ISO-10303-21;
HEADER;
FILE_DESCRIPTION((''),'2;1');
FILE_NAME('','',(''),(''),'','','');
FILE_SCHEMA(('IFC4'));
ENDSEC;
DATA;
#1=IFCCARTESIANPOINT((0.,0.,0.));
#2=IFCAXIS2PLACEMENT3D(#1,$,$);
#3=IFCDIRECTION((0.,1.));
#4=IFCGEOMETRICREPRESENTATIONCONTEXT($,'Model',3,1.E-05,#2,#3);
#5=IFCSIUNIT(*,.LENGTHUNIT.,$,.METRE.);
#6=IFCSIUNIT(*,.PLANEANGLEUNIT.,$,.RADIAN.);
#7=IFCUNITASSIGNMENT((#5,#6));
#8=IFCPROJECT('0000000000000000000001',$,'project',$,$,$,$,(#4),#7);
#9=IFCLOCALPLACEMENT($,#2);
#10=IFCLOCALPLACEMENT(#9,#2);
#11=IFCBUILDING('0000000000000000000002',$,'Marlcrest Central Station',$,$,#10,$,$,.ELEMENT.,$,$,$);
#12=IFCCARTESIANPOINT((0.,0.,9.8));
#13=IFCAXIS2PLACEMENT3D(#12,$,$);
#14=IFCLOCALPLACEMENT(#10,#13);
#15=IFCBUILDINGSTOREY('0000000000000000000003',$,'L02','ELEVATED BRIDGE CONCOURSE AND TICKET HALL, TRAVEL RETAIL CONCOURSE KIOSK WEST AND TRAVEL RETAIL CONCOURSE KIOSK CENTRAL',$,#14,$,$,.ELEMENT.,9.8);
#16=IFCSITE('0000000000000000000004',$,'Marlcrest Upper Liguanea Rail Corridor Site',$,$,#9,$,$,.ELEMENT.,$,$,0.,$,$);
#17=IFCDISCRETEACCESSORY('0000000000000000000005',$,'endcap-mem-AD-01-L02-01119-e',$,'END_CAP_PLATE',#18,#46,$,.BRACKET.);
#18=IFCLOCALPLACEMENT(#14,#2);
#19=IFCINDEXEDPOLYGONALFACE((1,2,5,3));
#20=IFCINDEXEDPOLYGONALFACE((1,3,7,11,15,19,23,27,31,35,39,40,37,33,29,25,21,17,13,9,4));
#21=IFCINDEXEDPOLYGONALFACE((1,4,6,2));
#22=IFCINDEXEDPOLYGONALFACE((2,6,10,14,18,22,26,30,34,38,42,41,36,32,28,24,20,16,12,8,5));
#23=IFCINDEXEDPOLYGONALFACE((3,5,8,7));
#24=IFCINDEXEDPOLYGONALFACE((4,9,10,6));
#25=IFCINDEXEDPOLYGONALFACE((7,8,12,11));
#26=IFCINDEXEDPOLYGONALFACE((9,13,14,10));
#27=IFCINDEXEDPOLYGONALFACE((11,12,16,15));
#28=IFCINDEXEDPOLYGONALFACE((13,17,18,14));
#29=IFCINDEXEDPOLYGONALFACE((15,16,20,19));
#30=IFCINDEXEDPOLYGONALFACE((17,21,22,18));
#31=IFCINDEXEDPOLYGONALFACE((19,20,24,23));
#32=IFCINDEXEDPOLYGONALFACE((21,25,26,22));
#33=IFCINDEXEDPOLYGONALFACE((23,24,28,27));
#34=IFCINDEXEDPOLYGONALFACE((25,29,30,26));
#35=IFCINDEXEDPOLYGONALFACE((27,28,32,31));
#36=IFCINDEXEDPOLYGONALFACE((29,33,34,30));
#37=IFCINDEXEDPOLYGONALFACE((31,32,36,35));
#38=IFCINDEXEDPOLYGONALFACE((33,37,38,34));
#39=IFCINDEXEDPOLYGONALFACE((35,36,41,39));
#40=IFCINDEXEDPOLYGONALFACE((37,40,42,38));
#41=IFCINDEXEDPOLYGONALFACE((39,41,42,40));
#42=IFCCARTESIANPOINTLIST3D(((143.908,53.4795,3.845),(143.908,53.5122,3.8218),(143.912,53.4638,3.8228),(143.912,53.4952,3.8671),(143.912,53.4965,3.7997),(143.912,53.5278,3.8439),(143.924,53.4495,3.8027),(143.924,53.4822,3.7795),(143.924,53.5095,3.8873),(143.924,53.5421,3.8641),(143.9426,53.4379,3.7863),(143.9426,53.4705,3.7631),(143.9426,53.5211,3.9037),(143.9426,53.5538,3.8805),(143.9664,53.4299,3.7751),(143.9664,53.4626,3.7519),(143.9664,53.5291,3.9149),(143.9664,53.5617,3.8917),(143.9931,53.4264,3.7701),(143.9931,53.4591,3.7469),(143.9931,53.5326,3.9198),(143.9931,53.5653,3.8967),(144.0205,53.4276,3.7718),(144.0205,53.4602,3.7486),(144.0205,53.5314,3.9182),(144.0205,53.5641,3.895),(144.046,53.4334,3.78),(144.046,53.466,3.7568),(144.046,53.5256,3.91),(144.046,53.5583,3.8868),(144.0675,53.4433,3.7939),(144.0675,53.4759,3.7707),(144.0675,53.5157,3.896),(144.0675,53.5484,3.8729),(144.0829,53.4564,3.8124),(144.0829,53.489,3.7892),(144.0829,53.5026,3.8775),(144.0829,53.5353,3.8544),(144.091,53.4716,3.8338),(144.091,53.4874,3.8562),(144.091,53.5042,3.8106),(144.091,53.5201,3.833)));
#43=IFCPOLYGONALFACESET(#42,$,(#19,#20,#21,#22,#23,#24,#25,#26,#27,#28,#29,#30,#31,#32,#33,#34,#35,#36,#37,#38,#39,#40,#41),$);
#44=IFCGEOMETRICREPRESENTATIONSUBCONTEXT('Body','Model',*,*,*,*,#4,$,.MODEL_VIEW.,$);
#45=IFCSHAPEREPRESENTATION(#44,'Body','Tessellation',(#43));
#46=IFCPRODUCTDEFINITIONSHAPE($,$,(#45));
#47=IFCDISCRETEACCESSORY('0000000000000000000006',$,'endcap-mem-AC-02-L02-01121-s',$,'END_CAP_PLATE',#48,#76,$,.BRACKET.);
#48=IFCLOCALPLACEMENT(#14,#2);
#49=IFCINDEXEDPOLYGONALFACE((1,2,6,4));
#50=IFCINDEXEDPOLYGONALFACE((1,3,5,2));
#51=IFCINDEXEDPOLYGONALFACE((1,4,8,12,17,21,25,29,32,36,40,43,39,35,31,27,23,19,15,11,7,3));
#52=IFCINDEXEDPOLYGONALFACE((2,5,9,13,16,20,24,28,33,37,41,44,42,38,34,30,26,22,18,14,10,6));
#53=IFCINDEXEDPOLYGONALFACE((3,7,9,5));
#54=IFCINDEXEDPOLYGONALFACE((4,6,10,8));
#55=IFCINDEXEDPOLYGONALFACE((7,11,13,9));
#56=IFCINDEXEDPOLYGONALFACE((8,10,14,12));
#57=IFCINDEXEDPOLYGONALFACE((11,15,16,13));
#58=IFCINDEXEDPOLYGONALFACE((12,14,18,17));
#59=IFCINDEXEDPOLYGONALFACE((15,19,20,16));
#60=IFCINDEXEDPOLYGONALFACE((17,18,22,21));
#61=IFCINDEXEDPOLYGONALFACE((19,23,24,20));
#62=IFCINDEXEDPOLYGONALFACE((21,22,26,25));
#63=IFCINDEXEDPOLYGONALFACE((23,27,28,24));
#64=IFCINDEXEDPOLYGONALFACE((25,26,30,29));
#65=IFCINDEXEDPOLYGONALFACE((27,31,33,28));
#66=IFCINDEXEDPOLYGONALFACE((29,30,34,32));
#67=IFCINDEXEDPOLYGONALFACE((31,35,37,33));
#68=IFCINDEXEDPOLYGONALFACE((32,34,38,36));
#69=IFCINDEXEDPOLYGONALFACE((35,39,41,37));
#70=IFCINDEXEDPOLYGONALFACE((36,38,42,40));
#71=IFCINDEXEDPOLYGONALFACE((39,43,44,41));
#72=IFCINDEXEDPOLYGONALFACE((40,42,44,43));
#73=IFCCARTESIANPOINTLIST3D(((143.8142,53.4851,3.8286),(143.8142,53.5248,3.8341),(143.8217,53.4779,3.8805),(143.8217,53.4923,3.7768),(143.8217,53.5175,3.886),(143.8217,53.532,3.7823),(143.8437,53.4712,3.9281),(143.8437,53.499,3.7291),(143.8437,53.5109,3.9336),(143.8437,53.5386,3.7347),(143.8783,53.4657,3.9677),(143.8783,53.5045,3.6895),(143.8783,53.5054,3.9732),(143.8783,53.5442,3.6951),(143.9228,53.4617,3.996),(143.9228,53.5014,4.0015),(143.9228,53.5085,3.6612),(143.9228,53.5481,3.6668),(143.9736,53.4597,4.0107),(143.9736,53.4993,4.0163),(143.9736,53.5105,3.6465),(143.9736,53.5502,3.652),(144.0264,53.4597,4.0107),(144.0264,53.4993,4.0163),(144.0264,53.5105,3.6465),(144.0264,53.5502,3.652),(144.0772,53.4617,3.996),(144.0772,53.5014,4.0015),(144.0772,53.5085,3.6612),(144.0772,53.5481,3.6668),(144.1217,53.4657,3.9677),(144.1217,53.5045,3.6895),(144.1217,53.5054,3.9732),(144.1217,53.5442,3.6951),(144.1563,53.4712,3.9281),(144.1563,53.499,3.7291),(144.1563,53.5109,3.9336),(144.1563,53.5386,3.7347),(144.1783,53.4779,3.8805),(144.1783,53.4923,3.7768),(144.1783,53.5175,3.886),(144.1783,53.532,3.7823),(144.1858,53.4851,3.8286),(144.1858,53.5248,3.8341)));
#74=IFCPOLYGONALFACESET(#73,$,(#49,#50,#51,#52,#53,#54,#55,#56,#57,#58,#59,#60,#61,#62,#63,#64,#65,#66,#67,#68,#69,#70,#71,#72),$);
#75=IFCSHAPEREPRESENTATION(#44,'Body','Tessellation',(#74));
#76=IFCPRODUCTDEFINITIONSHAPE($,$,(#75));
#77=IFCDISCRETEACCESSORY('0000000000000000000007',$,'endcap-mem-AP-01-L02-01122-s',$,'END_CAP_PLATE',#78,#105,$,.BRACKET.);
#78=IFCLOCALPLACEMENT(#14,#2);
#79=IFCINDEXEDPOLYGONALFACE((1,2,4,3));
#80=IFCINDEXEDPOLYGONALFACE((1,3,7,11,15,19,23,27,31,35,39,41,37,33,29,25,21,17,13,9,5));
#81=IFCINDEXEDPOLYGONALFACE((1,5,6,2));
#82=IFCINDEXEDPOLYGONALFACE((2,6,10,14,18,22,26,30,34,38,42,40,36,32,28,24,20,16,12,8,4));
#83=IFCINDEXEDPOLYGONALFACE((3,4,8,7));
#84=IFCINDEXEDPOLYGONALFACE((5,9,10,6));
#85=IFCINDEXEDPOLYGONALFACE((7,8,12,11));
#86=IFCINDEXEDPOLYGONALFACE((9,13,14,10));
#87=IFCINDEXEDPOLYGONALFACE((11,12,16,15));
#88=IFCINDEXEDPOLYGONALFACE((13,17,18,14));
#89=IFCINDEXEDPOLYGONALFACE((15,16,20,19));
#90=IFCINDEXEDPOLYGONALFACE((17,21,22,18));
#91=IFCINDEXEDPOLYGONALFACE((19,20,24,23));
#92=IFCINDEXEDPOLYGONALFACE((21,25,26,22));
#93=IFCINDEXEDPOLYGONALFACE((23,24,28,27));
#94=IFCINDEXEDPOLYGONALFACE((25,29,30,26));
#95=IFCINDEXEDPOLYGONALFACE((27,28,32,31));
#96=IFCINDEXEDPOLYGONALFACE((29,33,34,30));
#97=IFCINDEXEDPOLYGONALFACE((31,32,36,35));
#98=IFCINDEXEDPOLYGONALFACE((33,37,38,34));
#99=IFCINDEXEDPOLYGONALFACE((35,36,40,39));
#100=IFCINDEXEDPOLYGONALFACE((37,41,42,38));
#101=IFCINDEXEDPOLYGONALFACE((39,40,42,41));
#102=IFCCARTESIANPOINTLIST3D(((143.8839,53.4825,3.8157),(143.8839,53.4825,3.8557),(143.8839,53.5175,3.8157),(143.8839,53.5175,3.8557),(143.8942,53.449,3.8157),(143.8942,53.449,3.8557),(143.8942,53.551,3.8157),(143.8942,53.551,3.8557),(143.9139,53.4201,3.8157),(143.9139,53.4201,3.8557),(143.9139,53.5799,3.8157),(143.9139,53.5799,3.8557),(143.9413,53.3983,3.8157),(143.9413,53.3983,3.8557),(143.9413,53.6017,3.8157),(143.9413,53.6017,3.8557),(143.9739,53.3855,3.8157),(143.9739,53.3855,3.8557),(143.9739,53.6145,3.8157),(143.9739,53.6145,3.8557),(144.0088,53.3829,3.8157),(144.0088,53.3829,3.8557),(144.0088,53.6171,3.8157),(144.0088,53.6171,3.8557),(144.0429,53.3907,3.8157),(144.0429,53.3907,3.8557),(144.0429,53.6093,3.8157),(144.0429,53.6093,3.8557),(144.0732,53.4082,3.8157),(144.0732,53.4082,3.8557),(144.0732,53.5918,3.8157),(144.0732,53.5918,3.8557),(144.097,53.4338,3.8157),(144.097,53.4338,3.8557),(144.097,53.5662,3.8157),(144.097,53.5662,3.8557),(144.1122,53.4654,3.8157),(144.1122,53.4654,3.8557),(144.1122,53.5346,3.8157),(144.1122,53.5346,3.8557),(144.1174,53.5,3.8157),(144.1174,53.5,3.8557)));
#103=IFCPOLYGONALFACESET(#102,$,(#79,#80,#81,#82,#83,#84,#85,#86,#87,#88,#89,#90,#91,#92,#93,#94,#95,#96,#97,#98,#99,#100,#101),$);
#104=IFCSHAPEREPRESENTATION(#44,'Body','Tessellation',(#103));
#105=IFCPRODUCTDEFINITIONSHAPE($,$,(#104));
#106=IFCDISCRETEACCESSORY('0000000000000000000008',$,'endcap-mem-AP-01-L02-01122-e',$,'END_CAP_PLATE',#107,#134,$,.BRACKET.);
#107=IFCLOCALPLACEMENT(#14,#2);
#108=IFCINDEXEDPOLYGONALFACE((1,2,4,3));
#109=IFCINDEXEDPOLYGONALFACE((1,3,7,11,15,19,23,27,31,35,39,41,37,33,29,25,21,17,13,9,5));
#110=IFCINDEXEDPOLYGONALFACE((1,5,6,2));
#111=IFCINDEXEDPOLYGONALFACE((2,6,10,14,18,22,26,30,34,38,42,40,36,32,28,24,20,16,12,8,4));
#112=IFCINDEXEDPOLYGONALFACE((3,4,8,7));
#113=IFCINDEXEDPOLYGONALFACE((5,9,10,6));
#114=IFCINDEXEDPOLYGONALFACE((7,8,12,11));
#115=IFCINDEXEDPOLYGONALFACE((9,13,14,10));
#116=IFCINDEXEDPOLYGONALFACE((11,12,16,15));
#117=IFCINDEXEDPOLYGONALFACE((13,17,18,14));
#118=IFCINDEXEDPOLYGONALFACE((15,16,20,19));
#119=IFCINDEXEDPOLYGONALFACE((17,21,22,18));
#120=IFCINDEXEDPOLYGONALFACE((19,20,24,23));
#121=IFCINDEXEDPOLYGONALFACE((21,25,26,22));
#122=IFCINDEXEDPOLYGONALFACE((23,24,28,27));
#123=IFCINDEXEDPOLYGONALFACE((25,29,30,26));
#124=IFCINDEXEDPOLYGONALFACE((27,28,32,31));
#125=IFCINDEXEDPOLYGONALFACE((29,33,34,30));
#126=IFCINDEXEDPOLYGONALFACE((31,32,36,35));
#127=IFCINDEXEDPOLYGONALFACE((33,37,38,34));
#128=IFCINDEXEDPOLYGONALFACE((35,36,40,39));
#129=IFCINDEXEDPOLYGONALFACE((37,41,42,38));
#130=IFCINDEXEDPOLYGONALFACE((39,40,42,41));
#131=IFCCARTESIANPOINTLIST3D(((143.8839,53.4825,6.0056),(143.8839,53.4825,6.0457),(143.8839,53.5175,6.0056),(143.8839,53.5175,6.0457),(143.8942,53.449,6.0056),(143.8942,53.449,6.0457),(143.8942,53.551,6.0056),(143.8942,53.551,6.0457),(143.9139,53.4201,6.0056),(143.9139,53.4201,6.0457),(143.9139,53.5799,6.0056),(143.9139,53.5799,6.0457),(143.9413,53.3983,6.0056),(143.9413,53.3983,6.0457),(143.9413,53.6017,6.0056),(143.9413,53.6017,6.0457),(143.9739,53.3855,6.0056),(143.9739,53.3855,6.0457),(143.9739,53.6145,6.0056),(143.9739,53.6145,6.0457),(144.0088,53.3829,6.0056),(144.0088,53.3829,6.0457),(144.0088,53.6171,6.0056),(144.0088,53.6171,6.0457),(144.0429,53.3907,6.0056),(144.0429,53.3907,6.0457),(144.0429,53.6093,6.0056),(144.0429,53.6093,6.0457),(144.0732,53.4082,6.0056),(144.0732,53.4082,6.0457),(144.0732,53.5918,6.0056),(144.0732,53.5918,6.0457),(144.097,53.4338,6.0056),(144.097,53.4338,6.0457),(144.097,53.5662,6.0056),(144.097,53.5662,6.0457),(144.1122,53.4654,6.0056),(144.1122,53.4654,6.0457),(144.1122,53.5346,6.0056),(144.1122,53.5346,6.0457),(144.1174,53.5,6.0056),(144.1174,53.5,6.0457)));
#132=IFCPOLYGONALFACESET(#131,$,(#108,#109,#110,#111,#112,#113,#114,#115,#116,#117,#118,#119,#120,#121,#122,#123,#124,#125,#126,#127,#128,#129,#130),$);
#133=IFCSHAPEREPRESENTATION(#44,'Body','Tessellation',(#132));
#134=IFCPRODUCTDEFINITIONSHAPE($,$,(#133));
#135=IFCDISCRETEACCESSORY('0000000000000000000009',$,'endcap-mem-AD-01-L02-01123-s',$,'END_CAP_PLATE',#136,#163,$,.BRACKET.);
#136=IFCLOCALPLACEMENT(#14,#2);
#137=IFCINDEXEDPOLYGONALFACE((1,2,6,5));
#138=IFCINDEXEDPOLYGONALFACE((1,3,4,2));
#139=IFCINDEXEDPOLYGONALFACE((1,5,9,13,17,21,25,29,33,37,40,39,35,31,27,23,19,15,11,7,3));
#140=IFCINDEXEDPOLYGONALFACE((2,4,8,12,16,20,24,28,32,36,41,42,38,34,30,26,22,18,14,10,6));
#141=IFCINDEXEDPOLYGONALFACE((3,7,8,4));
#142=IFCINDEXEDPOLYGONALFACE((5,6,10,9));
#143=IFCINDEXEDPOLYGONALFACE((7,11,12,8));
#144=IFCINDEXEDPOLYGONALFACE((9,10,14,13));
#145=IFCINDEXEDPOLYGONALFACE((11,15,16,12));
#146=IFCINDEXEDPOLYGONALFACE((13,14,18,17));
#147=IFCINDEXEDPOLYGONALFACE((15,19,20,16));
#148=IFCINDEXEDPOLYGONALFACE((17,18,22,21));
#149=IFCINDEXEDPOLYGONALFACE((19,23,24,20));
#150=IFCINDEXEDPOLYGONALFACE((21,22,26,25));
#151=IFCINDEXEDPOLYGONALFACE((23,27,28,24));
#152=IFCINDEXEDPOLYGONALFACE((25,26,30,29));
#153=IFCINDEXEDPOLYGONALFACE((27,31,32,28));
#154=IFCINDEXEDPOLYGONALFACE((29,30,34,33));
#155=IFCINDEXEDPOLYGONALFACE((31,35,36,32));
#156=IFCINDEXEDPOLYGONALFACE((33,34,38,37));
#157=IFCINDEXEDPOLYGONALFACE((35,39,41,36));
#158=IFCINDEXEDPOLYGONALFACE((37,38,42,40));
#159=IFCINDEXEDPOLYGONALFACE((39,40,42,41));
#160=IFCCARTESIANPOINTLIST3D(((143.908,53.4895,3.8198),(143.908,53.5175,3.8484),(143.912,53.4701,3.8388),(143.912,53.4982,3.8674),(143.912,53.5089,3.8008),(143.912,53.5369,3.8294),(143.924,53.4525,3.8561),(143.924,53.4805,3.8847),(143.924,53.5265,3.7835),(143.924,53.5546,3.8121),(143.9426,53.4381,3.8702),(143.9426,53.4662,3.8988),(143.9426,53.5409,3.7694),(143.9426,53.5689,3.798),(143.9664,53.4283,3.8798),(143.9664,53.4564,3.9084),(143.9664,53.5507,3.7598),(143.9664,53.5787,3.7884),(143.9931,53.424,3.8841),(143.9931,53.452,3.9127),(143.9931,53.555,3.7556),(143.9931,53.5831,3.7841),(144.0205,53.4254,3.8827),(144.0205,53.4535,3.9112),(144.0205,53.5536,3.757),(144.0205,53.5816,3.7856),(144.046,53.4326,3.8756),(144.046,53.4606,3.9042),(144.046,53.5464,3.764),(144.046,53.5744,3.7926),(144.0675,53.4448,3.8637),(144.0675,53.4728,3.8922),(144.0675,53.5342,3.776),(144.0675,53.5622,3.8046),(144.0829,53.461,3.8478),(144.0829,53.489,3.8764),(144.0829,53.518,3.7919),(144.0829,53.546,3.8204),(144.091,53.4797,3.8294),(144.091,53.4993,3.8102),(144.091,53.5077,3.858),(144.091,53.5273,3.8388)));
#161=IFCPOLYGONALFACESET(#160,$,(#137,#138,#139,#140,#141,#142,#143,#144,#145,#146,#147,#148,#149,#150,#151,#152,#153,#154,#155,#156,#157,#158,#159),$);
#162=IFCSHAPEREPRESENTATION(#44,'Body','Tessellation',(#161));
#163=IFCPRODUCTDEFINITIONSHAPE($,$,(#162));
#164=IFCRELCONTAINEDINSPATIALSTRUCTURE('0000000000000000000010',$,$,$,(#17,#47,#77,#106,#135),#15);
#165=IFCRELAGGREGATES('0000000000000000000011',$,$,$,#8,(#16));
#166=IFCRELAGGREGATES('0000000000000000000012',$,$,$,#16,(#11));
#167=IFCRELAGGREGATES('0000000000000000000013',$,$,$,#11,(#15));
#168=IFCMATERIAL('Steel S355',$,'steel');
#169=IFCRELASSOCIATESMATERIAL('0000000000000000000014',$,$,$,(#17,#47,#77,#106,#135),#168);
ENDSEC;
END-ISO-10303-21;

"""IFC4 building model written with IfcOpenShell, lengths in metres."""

from ifc_helpers import new_model, si_unit, direction, frame, origin, origin_2d, place, context, subcontext, project, spatial, circle, extrude, material, element, save


model = new_model("IFC4")

# Units and contexts
model_context = context("Model", 3, precision=1e-05, world=origin(), true_north=direction((0.0, 1.0)))
body_context = subcontext(model_context, "Body", "Model", "MODEL_VIEW")
ifc_project = project(units=[si_unit("LENGTHUNIT", "METRE"), si_unit("PLANEANGLEUNIT", "RADIAN")], contexts=[model_context])

# Site, building, storey
site_placement = place(None, origin())
site = spatial("IfcSite", under=ifc_project, at=site_placement, Name="Marlcrest Upper Liguanea Rail Corridor Site", CompositionType="ELEMENT", RefElevation=0.0)
building_placement = place(site_placement, origin())
building = spatial("IfcBuilding", under=site, at=building_placement, Name="Marlcrest Central Station", CompositionType="ELEMENT")
storey_placement = place(building_placement, frame((0.0, 0.0, 9.8)))
storey = spatial("IfcBuildingStorey", under=building, at=storey_placement, Name="L02", Description="ELEVATED BRIDGE CONCOURSE AND TICKET HALL, TRAVEL RETAIL CONCOURSE KIOSK WEST AND TRAVEL RETAIL CONCOURSE KIOSK CENTRAL", CompositionType="ELEMENT", Elevation=9.8)

# Shared definitions
ifc_material = material(Name="Steel S355", Category="steel")

# Discrete accessories
for number, where, z_axis, x_axis, name in (
    (1, (144.0, 53.4795, 3.845), (0.0, 0.815661, -0.57853), (-1.0, 0.0, 0.0), "endcap-mem-AD-01-L02-01119-e"),
):
    element("IfcDiscreteAccessory", number, at=place(storey_placement, frame(where, z_axis=z_axis, x_axis=x_axis)), inside=storey, material=ifc_material, Name=name, ObjectType="END_CAP_PLATE", PredefinedType="BRACKET", context=body_context, shape_type="SweptSolid", body=[
        extrude(circle(Radius=0.092, at=origin_2d()), origin(), (0.0, 0.0, 1.0), 0.04),
    ])
discrete_accessory_1_placement = place(storey_placement, frame((144.0, 53.4851, 3.8286), z_axis=(0.0, 0.990403, 0.138211), x_axis=(-1.0, 0.0, 0.0)))
element("IfcDiscreteAccessory", 2, at=discrete_accessory_1_placement, inside=storey, material=ifc_material, Name="endcap-mem-AC-02-L02-01121-s", ObjectType="END_CAP_PLATE", PredefinedType="BRACKET", context=body_context, shape_type="SweptSolid", body=[
    extrude(circle(Radius=0.1858, at=origin_2d()), origin(), (0.0, 0.0, 1.0), 0.04),
])
for number, where, z_axis, x_axis, name in (
    (3, (144.0, 53.5, 3.8157), (0.0, 0.0, 1.0), (1.0, 0.0, 0.0), "endcap-mem-AP-01-L02-01122-s"),
    (4, (144.0, 53.5, 6.0056), (0.0, 0.0, 1.0), (1.0, 0.0, 0.0), "endcap-mem-AP-01-L02-01122-e"),
):
    element("IfcDiscreteAccessory", number, at=place(storey_placement, frame(where, z_axis=z_axis, x_axis=x_axis)), inside=storey, material=ifc_material, Name=name, ObjectType="END_CAP_PLATE", PredefinedType="BRACKET", context=body_context, shape_type="SweptSolid", body=[
        extrude(circle(Radius=0.1174, at=origin_2d()), origin(), (0.0, 0.0, 1.0), 0.04),
    ])
discrete_accessory_2_placement = place(storey_placement, frame((144.0, 53.4895, 3.8198), z_axis=(0.0, 0.700235, 0.713912), x_axis=(-1.0, 0.0, 0.0)))
element("IfcDiscreteAccessory", 5, at=discrete_accessory_2_placement, inside=storey, material=ifc_material, Name="endcap-mem-AD-01-L02-01123-s", ObjectType="END_CAP_PLATE", PredefinedType="BRACKET", context=body_context, shape_type="SweptSolid", body=[
    extrude(circle(Radius=0.092, at=origin_2d()), origin(), (0.0, 0.0, 1.0), 0.04),
])

save(model, "model.ifc")
